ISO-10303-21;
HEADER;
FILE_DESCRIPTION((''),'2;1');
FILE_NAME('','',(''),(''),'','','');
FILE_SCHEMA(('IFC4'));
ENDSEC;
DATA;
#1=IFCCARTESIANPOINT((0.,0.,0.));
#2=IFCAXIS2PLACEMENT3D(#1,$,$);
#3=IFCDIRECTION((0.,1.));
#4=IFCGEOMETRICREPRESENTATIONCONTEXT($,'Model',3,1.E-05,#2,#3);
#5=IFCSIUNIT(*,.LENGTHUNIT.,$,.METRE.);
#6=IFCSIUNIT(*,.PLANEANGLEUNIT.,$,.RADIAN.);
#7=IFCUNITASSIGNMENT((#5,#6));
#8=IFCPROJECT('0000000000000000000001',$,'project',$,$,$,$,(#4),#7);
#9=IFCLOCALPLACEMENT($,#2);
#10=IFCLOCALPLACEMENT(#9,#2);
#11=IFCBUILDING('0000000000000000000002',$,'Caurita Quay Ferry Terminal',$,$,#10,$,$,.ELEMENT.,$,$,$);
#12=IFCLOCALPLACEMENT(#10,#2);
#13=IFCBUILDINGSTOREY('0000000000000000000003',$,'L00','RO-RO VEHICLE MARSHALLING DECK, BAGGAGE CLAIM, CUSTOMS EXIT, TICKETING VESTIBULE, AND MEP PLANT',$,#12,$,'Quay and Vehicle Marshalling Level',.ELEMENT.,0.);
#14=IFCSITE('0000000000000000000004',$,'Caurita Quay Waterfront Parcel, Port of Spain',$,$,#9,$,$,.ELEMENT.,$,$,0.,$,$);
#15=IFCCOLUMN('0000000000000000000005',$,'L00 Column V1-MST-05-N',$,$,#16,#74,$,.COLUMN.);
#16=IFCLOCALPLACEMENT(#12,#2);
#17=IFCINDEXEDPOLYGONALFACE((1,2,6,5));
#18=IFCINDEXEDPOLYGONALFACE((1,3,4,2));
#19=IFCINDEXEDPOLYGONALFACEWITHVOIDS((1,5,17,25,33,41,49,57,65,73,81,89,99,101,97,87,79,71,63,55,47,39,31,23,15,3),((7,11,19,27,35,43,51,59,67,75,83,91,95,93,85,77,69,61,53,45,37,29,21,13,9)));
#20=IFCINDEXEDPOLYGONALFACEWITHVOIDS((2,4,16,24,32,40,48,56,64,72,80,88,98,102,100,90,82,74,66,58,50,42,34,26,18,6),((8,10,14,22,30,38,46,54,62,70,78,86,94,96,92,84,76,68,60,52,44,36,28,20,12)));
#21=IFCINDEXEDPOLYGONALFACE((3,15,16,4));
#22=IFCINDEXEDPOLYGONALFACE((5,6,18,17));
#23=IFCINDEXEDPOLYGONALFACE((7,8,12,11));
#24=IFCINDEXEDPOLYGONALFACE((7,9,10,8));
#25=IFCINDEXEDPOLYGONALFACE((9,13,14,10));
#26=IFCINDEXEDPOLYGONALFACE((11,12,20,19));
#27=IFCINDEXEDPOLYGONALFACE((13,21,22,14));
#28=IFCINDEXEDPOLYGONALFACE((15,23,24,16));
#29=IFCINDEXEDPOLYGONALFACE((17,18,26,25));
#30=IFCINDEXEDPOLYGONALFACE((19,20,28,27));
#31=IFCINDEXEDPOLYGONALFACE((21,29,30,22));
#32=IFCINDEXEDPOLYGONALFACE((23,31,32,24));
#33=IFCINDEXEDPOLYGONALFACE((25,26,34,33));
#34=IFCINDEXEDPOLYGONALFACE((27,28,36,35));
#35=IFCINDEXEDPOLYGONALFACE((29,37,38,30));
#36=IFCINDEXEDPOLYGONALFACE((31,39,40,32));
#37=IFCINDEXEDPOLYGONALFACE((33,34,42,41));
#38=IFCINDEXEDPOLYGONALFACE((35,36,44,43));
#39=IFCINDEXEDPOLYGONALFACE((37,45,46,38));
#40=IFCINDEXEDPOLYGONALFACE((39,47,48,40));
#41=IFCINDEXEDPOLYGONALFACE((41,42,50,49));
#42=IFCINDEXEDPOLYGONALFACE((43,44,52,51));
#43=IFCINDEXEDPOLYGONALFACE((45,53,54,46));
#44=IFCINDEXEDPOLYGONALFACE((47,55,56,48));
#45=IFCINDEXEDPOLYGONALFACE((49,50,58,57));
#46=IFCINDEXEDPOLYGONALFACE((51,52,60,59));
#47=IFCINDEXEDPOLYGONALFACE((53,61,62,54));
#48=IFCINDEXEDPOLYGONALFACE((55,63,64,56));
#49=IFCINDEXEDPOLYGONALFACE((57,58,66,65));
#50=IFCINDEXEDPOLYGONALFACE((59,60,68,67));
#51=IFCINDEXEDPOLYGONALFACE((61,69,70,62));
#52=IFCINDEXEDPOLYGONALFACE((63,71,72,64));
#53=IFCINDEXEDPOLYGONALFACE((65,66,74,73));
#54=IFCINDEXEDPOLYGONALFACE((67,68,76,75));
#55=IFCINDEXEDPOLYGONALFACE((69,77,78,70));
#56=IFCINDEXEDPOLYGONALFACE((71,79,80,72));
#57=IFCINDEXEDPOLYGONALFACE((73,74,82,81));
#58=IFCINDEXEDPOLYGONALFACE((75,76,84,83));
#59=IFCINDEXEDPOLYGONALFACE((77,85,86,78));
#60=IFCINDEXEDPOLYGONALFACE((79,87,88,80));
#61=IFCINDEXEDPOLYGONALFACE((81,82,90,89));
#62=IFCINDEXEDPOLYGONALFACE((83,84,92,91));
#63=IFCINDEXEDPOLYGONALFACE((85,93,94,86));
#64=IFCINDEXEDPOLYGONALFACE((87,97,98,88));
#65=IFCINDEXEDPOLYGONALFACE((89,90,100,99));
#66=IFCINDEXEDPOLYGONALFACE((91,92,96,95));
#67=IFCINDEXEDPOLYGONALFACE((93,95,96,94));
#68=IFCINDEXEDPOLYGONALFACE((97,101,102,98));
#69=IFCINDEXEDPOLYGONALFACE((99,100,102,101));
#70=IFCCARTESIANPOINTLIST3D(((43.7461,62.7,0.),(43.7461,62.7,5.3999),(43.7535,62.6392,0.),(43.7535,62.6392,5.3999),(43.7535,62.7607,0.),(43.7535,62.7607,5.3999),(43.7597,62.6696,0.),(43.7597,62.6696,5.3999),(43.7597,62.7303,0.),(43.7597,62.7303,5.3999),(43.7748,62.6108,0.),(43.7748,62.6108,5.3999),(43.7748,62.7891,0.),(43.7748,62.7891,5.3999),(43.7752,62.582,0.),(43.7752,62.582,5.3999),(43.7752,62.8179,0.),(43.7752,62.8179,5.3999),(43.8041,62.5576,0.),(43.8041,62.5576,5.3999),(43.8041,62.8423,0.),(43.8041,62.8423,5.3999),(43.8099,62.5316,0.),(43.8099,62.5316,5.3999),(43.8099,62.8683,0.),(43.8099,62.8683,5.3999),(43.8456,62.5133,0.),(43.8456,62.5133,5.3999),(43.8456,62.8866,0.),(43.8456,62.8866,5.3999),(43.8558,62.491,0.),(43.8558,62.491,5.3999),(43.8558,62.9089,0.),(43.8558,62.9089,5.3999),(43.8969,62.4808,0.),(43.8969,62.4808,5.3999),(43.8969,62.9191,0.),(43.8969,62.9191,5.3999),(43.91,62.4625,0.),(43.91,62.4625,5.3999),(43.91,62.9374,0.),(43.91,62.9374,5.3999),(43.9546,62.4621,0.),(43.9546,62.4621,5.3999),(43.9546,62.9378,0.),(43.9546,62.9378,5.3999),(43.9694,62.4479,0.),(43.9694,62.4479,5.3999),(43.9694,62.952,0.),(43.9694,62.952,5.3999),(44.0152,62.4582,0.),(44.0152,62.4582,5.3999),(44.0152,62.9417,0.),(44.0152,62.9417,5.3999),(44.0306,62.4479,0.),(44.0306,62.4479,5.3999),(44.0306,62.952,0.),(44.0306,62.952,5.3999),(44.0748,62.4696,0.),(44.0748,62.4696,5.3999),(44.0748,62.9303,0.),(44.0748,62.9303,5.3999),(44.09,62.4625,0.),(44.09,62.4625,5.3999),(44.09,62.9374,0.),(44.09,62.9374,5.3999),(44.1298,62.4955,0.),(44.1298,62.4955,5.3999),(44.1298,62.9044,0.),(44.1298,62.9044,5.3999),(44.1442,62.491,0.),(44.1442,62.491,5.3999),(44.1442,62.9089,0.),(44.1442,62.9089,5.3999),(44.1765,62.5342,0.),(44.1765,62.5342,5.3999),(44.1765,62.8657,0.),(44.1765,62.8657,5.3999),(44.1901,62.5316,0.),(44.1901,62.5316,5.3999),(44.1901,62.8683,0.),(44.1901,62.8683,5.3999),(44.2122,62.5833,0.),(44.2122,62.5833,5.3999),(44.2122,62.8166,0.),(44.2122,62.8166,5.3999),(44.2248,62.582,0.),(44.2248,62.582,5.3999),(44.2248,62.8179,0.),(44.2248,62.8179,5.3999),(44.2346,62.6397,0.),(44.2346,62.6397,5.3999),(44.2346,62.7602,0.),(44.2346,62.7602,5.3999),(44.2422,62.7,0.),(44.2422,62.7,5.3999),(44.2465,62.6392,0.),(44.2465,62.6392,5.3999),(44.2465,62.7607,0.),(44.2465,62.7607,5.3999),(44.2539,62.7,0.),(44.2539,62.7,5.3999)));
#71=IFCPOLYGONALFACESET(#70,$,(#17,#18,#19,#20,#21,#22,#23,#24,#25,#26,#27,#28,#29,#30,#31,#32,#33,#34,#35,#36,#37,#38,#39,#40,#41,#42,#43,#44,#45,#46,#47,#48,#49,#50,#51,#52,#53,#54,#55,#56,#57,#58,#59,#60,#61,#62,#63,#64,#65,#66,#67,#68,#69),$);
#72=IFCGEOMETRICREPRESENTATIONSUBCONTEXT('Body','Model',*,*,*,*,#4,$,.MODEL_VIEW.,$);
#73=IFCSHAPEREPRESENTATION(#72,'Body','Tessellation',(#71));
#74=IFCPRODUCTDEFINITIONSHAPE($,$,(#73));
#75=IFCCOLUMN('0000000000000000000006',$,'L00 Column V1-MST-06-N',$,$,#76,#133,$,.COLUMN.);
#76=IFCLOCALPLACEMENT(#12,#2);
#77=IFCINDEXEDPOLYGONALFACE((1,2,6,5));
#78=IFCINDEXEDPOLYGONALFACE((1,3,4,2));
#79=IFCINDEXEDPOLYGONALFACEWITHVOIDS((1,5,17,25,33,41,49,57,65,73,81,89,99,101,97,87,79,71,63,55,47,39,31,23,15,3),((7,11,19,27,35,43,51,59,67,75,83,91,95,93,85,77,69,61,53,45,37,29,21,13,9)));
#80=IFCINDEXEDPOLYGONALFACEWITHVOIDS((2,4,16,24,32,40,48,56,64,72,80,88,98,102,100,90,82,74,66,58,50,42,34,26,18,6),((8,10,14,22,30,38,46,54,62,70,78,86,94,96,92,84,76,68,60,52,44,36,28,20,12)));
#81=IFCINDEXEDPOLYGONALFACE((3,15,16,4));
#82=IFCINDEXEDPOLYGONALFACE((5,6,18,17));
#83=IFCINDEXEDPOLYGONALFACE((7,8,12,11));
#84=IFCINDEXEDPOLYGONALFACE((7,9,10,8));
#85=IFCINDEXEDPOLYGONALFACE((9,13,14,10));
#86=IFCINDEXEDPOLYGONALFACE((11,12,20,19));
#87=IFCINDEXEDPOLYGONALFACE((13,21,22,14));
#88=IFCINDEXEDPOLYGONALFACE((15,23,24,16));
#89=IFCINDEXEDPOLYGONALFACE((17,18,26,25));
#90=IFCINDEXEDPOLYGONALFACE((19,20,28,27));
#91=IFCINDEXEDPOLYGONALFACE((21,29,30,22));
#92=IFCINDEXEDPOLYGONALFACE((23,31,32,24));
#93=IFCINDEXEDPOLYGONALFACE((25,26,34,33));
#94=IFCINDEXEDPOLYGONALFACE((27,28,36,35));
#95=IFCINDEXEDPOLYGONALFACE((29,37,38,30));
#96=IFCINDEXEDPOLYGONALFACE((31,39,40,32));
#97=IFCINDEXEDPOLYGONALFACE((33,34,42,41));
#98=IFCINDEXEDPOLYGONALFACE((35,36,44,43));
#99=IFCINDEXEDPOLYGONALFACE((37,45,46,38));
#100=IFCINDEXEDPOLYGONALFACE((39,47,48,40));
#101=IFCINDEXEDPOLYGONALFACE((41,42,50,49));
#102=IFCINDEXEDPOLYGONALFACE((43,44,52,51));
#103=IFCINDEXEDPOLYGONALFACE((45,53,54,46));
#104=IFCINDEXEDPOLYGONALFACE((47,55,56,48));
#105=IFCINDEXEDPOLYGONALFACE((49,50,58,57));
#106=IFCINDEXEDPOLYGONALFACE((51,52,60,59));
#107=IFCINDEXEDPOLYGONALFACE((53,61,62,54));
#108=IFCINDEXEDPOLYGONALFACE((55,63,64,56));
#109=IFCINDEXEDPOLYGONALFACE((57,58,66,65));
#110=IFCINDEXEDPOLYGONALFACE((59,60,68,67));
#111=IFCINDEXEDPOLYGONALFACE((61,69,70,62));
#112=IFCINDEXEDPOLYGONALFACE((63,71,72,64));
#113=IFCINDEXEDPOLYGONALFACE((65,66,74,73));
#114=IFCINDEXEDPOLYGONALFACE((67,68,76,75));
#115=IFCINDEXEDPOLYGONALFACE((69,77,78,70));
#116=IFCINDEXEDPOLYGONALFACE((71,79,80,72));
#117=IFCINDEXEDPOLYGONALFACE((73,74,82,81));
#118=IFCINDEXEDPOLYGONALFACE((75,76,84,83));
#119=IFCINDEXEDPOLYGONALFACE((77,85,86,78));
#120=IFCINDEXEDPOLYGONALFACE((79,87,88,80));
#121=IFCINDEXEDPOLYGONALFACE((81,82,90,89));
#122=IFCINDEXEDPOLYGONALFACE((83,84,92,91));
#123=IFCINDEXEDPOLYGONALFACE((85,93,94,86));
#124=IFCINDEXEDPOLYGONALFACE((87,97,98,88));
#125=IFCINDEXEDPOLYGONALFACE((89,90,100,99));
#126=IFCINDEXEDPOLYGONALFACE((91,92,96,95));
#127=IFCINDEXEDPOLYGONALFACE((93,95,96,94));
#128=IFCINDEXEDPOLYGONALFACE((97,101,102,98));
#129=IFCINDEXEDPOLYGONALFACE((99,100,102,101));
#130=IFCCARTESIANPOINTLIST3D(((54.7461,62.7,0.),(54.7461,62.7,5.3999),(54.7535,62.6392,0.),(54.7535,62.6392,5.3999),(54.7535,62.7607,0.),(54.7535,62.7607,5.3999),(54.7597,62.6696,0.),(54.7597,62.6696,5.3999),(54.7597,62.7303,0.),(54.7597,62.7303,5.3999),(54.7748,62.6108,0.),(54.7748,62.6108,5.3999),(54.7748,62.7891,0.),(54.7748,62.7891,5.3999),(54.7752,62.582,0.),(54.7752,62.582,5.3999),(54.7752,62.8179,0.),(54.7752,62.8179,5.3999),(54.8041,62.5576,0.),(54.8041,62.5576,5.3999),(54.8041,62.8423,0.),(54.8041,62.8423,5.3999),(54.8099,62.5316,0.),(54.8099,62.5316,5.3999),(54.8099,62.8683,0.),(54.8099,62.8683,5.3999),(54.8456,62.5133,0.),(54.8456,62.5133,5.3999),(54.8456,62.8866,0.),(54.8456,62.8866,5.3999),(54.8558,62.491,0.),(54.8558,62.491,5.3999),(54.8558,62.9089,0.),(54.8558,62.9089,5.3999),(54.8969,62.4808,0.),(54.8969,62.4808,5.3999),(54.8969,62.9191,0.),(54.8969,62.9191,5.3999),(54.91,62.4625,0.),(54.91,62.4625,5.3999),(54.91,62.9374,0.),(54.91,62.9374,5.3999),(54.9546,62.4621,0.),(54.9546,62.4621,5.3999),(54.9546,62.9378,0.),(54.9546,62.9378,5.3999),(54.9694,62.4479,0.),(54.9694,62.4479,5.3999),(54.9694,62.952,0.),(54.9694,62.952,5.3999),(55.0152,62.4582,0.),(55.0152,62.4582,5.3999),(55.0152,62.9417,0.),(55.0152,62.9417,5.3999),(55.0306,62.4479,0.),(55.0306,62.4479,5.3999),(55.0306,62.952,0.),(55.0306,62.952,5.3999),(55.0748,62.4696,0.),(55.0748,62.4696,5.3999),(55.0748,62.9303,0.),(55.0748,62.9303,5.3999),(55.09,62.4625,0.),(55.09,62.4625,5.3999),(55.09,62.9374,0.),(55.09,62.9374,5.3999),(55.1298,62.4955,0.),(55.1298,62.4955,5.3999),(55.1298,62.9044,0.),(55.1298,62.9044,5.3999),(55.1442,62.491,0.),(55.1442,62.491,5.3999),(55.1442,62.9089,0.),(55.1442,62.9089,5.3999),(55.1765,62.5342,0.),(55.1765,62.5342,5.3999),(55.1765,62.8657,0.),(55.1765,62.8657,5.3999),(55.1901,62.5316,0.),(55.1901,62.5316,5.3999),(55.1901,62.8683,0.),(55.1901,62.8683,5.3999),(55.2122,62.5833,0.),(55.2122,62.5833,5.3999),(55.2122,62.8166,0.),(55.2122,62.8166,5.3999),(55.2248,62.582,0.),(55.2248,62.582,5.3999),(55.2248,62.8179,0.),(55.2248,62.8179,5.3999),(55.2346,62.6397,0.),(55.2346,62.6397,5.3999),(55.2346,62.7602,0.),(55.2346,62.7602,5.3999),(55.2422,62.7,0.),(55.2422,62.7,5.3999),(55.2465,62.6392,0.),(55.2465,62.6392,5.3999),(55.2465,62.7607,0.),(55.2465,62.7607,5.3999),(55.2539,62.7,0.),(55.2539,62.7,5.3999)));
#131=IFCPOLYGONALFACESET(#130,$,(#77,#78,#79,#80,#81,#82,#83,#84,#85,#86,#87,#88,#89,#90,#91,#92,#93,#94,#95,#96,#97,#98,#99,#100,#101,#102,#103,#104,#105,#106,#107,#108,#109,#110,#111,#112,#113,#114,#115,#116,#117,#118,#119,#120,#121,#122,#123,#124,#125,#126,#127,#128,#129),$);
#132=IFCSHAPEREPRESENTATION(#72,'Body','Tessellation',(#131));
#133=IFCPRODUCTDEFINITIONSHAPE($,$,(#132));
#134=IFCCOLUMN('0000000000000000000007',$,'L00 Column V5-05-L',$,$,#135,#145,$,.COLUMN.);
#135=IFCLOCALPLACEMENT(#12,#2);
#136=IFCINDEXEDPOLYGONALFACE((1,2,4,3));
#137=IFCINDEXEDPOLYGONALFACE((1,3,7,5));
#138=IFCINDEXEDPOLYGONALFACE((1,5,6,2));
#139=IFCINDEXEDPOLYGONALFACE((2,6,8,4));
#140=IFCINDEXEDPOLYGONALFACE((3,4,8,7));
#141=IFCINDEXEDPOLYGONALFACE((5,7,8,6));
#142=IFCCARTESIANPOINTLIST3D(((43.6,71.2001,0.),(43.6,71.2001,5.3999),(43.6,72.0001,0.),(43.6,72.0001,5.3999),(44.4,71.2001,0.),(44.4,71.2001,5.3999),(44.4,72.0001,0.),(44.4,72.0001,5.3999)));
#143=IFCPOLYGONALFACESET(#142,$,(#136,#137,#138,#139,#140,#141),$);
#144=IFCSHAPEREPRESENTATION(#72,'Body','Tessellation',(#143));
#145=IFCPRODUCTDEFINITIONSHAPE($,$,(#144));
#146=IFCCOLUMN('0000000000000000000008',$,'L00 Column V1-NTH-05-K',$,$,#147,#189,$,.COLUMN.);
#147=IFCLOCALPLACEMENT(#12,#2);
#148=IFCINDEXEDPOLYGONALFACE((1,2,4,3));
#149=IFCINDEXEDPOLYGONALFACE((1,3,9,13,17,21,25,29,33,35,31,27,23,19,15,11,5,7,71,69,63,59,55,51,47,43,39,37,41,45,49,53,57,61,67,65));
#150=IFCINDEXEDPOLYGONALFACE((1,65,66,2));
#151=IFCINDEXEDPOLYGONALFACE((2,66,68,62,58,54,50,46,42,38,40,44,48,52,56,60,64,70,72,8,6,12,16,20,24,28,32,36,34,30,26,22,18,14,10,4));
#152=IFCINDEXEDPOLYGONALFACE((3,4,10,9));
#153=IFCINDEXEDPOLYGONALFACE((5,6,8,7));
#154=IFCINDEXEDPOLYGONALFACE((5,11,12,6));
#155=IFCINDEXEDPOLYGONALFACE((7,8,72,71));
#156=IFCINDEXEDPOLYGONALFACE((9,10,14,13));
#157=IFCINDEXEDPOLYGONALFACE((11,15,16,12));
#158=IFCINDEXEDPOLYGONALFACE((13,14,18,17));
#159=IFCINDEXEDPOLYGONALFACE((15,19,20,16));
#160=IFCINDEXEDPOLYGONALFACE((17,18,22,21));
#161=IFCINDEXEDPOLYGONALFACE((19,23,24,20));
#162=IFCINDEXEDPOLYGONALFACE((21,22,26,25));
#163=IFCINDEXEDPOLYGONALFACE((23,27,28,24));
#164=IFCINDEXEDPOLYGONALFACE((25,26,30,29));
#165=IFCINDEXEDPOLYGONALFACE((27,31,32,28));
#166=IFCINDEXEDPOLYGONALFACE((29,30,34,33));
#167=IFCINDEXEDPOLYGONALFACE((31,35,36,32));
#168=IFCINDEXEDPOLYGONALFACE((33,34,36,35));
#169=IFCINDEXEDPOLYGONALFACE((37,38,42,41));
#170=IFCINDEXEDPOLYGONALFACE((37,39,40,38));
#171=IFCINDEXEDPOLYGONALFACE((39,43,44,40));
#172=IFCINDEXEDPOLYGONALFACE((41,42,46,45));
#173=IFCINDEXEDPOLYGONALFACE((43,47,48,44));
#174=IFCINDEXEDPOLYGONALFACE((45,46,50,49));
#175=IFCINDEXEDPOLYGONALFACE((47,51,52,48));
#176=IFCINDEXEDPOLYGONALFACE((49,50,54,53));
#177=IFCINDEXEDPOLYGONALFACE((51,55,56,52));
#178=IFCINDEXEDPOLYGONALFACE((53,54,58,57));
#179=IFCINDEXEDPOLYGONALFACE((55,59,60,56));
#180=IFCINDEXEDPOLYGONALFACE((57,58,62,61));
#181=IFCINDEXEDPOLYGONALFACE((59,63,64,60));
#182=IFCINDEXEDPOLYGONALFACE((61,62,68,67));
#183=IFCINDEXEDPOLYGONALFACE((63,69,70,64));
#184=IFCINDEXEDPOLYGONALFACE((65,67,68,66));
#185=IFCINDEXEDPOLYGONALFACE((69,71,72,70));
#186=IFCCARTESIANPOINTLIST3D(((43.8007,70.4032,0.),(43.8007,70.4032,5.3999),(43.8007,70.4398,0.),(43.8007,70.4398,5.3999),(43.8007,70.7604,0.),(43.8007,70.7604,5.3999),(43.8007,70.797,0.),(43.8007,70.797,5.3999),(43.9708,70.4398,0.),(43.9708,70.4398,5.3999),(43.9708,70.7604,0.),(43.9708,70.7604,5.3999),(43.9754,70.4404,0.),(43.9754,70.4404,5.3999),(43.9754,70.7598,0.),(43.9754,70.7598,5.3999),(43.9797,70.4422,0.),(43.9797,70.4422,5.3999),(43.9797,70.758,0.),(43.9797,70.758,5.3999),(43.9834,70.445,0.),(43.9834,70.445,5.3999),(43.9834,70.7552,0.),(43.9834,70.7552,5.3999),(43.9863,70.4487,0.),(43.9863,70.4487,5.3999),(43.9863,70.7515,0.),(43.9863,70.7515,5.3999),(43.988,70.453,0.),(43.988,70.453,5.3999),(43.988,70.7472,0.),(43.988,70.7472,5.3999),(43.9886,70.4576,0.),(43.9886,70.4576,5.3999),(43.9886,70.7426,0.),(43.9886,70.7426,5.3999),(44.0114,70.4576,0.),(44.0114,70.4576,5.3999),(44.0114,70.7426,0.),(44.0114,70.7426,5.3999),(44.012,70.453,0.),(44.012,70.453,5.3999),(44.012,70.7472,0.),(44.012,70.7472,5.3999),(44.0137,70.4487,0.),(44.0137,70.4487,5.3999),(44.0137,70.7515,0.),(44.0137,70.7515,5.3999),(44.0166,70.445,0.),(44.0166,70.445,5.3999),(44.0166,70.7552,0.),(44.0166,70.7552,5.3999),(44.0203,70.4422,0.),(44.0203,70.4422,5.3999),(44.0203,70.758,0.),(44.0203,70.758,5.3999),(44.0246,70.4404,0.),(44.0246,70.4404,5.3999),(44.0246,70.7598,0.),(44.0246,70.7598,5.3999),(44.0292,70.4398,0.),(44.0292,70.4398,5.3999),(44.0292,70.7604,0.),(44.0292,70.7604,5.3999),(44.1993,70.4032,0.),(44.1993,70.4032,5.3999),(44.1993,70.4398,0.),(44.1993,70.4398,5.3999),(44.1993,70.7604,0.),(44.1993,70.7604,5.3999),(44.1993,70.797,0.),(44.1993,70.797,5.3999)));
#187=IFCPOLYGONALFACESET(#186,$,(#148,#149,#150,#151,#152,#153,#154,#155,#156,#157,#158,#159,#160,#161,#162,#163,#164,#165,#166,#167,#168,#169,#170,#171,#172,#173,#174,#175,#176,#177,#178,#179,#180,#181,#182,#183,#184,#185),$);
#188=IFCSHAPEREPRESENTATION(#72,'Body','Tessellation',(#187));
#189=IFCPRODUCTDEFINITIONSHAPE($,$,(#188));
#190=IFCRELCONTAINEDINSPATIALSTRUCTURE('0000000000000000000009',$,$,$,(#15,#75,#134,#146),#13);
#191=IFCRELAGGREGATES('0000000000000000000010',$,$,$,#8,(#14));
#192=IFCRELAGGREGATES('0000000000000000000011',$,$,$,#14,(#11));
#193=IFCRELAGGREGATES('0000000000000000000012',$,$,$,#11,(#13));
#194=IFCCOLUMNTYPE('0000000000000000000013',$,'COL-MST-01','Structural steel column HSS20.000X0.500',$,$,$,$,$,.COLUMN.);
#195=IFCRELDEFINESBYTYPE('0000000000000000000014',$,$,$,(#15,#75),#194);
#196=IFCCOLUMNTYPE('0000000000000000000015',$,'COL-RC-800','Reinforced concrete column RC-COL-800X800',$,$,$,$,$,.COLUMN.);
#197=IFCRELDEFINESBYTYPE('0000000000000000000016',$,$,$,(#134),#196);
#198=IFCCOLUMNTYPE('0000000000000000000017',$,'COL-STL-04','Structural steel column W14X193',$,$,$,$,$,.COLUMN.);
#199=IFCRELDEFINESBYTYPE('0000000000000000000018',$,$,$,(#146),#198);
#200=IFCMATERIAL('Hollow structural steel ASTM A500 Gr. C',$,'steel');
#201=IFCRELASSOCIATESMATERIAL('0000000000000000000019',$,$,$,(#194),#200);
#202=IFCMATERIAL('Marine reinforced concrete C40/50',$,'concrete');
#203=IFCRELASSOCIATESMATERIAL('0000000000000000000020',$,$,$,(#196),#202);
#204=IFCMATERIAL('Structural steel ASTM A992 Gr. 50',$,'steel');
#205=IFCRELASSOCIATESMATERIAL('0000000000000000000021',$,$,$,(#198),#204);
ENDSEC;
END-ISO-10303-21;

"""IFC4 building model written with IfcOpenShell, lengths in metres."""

from ifc_helpers import new_model, si_unit, direction, frame, origin, origin_2d, place, context, subcontext, project, spatial, rectangle, hollow_circle, i_section, extrude, material, material_profile, profile_set, type_object, element, save


model = new_model("IFC4")

# Units and contexts
model_context = context("Model", 3, precision=1e-05, world=origin(), true_north=direction((0.0, 1.0)))
body_context = subcontext(model_context, "Body", "Model", "MODEL_VIEW")
ifc_project = project(units=[si_unit("LENGTHUNIT", "METRE"), si_unit("PLANEANGLEUNIT", "RADIAN")], contexts=[model_context])

# Site, building, storey
site_placement = place(None, origin())
site = spatial("IfcSite", under=ifc_project, at=site_placement, Name="Caurita Quay Waterfront Parcel, Port of Spain", CompositionType="ELEMENT", RefElevation=0.0)
building_placement = place(site_placement, origin())
building = spatial("IfcBuilding", under=site, at=building_placement, Name="Caurita Quay Ferry Terminal", CompositionType="ELEMENT")
storey_placement = place(building_placement, origin())
storey = spatial("IfcBuildingStorey", under=building, at=storey_placement, Name="L00", Description="RO-RO VEHICLE MARSHALLING DECK, BAGGAGE CLAIM, CUSTOMS EXIT, TICKETING VESTIBULE, AND MEP PLANT", LongName="Quay and Vehicle Marshalling Level", CompositionType="ELEMENT", Elevation=0.0)

# Shared definitions
ifc_material_1 = material(Name="Marine reinforced concrete C40/50", Category="concrete")

# Columns
ifc_material_2 = material(Name="Hollow structural steel ASTM A500 Gr. C", Category="steel")
ifc_material_profile_1 = material_profile(ifc_material_2, hollow_circle(Radius=0.2539, WallThickness=0.0117, at=origin_2d()), Name="HSS20.000X0.500")
ifc_profile_set_1 = profile_set([ifc_material_profile_1], Name="Hollow structural steel ASTM A500 Gr. C")
column_type_1 = type_object("IfcColumnType", Name="COL-MST-01", Description="Structural steel column HSS20.000X0.500", PredefinedType="COLUMN", material=ifc_profile_set_1)
for number, where, z_axis, x_axis, name in (
    (1, (44.0, 62.7, 0.0), (0.0, 0.0, 1.0), (1.0, 0.0, 0.0), "L00 Column V1-MST-05-N"),
    (2, (55.0, 62.7, 0.0), (0.0, 0.0, 1.0), (1.0, 0.0, 0.0), "L00 Column V1-MST-06-N"),
):
    element("IfcColumn", number, at=place(storey_placement, frame(where, z_axis=z_axis, x_axis=x_axis)), inside=storey, type_object=column_type_1, Name=name, PredefinedType="COLUMN", context=body_context, shape_type="SweptSolid", body=[
        extrude(hollow_circle(Radius=0.2539, WallThickness=0.0117, at=origin_2d()), origin(), (0.0, 0.0, 1.0), 5.3999),
    ])
ifc_material_profile_2 = material_profile(ifc_material_1, rectangle(XDim=0.8, YDim=0.8, at=origin_2d()), Name="RC-COL-800X800")
ifc_profile_set_2 = profile_set([ifc_material_profile_2], Name="Marine reinforced concrete C40/50")
column_type_2 = type_object("IfcColumnType", Name="COL-RC-800", Description="Reinforced concrete column RC-COL-800X800", PredefinedType="COLUMN", material=ifc_profile_set_2)
column_placement = place(storey_placement, frame((44.0, 71.6001, 0.0), z_axis=(0.0, 0.0, 1.0), x_axis=(1.0, 0.0, 0.0)))
element("IfcColumn", 3, at=column_placement, inside=storey, type_object=column_type_2, Name="L00 Column V5-05-L", PredefinedType="COLUMN", context=body_context, shape_type="SweptSolid", body=[
    extrude(rectangle(XDim=0.8, YDim=0.8, at=origin_2d()), origin(), (0.0, 0.0, 1.0), 5.3999),
])
ifc_material_3 = material(Name="Structural steel ASTM A992 Gr. 50", Category="steel")
ifc_material_profile_3 = material_profile(ifc_material_3, i_section(OverallWidth=0.3987, OverallDepth=0.3938, WebThickness=0.0227, FlangeThickness=0.0366, FilletRadius=0.0178, at=origin_2d()), Name="W14X193")
ifc_profile_set_3 = profile_set([ifc_material_profile_3], Name="Structural steel ASTM A992 Gr. 50")
column_type_3 = type_object("IfcColumnType", Name="COL-STL-04", Description="Structural steel column W14X193", PredefinedType="COLUMN", material=ifc_profile_set_3)
for number, where, z_axis, x_axis, name in (
    (4, (44.0, 70.6001, 0.0), (0.0, 0.0, 1.0), (1.0, 0.0, 0.0), "L00 Column V1-NTH-05-K"),
):
    element("IfcColumn", number, at=place(storey_placement, frame(where, z_axis=z_axis, x_axis=x_axis)), inside=storey, type_object=column_type_3, Name=name, PredefinedType="COLUMN", context=body_context, shape_type="SweptSolid", body=[
        extrude(i_section(OverallWidth=0.3987, OverallDepth=0.3938, WebThickness=0.0227, FlangeThickness=0.0366, FilletRadius=0.0178, at=origin_2d()), origin(), (0.0, 0.0, 1.0), 5.3999),
    ])

save(model, "model.ifc")
